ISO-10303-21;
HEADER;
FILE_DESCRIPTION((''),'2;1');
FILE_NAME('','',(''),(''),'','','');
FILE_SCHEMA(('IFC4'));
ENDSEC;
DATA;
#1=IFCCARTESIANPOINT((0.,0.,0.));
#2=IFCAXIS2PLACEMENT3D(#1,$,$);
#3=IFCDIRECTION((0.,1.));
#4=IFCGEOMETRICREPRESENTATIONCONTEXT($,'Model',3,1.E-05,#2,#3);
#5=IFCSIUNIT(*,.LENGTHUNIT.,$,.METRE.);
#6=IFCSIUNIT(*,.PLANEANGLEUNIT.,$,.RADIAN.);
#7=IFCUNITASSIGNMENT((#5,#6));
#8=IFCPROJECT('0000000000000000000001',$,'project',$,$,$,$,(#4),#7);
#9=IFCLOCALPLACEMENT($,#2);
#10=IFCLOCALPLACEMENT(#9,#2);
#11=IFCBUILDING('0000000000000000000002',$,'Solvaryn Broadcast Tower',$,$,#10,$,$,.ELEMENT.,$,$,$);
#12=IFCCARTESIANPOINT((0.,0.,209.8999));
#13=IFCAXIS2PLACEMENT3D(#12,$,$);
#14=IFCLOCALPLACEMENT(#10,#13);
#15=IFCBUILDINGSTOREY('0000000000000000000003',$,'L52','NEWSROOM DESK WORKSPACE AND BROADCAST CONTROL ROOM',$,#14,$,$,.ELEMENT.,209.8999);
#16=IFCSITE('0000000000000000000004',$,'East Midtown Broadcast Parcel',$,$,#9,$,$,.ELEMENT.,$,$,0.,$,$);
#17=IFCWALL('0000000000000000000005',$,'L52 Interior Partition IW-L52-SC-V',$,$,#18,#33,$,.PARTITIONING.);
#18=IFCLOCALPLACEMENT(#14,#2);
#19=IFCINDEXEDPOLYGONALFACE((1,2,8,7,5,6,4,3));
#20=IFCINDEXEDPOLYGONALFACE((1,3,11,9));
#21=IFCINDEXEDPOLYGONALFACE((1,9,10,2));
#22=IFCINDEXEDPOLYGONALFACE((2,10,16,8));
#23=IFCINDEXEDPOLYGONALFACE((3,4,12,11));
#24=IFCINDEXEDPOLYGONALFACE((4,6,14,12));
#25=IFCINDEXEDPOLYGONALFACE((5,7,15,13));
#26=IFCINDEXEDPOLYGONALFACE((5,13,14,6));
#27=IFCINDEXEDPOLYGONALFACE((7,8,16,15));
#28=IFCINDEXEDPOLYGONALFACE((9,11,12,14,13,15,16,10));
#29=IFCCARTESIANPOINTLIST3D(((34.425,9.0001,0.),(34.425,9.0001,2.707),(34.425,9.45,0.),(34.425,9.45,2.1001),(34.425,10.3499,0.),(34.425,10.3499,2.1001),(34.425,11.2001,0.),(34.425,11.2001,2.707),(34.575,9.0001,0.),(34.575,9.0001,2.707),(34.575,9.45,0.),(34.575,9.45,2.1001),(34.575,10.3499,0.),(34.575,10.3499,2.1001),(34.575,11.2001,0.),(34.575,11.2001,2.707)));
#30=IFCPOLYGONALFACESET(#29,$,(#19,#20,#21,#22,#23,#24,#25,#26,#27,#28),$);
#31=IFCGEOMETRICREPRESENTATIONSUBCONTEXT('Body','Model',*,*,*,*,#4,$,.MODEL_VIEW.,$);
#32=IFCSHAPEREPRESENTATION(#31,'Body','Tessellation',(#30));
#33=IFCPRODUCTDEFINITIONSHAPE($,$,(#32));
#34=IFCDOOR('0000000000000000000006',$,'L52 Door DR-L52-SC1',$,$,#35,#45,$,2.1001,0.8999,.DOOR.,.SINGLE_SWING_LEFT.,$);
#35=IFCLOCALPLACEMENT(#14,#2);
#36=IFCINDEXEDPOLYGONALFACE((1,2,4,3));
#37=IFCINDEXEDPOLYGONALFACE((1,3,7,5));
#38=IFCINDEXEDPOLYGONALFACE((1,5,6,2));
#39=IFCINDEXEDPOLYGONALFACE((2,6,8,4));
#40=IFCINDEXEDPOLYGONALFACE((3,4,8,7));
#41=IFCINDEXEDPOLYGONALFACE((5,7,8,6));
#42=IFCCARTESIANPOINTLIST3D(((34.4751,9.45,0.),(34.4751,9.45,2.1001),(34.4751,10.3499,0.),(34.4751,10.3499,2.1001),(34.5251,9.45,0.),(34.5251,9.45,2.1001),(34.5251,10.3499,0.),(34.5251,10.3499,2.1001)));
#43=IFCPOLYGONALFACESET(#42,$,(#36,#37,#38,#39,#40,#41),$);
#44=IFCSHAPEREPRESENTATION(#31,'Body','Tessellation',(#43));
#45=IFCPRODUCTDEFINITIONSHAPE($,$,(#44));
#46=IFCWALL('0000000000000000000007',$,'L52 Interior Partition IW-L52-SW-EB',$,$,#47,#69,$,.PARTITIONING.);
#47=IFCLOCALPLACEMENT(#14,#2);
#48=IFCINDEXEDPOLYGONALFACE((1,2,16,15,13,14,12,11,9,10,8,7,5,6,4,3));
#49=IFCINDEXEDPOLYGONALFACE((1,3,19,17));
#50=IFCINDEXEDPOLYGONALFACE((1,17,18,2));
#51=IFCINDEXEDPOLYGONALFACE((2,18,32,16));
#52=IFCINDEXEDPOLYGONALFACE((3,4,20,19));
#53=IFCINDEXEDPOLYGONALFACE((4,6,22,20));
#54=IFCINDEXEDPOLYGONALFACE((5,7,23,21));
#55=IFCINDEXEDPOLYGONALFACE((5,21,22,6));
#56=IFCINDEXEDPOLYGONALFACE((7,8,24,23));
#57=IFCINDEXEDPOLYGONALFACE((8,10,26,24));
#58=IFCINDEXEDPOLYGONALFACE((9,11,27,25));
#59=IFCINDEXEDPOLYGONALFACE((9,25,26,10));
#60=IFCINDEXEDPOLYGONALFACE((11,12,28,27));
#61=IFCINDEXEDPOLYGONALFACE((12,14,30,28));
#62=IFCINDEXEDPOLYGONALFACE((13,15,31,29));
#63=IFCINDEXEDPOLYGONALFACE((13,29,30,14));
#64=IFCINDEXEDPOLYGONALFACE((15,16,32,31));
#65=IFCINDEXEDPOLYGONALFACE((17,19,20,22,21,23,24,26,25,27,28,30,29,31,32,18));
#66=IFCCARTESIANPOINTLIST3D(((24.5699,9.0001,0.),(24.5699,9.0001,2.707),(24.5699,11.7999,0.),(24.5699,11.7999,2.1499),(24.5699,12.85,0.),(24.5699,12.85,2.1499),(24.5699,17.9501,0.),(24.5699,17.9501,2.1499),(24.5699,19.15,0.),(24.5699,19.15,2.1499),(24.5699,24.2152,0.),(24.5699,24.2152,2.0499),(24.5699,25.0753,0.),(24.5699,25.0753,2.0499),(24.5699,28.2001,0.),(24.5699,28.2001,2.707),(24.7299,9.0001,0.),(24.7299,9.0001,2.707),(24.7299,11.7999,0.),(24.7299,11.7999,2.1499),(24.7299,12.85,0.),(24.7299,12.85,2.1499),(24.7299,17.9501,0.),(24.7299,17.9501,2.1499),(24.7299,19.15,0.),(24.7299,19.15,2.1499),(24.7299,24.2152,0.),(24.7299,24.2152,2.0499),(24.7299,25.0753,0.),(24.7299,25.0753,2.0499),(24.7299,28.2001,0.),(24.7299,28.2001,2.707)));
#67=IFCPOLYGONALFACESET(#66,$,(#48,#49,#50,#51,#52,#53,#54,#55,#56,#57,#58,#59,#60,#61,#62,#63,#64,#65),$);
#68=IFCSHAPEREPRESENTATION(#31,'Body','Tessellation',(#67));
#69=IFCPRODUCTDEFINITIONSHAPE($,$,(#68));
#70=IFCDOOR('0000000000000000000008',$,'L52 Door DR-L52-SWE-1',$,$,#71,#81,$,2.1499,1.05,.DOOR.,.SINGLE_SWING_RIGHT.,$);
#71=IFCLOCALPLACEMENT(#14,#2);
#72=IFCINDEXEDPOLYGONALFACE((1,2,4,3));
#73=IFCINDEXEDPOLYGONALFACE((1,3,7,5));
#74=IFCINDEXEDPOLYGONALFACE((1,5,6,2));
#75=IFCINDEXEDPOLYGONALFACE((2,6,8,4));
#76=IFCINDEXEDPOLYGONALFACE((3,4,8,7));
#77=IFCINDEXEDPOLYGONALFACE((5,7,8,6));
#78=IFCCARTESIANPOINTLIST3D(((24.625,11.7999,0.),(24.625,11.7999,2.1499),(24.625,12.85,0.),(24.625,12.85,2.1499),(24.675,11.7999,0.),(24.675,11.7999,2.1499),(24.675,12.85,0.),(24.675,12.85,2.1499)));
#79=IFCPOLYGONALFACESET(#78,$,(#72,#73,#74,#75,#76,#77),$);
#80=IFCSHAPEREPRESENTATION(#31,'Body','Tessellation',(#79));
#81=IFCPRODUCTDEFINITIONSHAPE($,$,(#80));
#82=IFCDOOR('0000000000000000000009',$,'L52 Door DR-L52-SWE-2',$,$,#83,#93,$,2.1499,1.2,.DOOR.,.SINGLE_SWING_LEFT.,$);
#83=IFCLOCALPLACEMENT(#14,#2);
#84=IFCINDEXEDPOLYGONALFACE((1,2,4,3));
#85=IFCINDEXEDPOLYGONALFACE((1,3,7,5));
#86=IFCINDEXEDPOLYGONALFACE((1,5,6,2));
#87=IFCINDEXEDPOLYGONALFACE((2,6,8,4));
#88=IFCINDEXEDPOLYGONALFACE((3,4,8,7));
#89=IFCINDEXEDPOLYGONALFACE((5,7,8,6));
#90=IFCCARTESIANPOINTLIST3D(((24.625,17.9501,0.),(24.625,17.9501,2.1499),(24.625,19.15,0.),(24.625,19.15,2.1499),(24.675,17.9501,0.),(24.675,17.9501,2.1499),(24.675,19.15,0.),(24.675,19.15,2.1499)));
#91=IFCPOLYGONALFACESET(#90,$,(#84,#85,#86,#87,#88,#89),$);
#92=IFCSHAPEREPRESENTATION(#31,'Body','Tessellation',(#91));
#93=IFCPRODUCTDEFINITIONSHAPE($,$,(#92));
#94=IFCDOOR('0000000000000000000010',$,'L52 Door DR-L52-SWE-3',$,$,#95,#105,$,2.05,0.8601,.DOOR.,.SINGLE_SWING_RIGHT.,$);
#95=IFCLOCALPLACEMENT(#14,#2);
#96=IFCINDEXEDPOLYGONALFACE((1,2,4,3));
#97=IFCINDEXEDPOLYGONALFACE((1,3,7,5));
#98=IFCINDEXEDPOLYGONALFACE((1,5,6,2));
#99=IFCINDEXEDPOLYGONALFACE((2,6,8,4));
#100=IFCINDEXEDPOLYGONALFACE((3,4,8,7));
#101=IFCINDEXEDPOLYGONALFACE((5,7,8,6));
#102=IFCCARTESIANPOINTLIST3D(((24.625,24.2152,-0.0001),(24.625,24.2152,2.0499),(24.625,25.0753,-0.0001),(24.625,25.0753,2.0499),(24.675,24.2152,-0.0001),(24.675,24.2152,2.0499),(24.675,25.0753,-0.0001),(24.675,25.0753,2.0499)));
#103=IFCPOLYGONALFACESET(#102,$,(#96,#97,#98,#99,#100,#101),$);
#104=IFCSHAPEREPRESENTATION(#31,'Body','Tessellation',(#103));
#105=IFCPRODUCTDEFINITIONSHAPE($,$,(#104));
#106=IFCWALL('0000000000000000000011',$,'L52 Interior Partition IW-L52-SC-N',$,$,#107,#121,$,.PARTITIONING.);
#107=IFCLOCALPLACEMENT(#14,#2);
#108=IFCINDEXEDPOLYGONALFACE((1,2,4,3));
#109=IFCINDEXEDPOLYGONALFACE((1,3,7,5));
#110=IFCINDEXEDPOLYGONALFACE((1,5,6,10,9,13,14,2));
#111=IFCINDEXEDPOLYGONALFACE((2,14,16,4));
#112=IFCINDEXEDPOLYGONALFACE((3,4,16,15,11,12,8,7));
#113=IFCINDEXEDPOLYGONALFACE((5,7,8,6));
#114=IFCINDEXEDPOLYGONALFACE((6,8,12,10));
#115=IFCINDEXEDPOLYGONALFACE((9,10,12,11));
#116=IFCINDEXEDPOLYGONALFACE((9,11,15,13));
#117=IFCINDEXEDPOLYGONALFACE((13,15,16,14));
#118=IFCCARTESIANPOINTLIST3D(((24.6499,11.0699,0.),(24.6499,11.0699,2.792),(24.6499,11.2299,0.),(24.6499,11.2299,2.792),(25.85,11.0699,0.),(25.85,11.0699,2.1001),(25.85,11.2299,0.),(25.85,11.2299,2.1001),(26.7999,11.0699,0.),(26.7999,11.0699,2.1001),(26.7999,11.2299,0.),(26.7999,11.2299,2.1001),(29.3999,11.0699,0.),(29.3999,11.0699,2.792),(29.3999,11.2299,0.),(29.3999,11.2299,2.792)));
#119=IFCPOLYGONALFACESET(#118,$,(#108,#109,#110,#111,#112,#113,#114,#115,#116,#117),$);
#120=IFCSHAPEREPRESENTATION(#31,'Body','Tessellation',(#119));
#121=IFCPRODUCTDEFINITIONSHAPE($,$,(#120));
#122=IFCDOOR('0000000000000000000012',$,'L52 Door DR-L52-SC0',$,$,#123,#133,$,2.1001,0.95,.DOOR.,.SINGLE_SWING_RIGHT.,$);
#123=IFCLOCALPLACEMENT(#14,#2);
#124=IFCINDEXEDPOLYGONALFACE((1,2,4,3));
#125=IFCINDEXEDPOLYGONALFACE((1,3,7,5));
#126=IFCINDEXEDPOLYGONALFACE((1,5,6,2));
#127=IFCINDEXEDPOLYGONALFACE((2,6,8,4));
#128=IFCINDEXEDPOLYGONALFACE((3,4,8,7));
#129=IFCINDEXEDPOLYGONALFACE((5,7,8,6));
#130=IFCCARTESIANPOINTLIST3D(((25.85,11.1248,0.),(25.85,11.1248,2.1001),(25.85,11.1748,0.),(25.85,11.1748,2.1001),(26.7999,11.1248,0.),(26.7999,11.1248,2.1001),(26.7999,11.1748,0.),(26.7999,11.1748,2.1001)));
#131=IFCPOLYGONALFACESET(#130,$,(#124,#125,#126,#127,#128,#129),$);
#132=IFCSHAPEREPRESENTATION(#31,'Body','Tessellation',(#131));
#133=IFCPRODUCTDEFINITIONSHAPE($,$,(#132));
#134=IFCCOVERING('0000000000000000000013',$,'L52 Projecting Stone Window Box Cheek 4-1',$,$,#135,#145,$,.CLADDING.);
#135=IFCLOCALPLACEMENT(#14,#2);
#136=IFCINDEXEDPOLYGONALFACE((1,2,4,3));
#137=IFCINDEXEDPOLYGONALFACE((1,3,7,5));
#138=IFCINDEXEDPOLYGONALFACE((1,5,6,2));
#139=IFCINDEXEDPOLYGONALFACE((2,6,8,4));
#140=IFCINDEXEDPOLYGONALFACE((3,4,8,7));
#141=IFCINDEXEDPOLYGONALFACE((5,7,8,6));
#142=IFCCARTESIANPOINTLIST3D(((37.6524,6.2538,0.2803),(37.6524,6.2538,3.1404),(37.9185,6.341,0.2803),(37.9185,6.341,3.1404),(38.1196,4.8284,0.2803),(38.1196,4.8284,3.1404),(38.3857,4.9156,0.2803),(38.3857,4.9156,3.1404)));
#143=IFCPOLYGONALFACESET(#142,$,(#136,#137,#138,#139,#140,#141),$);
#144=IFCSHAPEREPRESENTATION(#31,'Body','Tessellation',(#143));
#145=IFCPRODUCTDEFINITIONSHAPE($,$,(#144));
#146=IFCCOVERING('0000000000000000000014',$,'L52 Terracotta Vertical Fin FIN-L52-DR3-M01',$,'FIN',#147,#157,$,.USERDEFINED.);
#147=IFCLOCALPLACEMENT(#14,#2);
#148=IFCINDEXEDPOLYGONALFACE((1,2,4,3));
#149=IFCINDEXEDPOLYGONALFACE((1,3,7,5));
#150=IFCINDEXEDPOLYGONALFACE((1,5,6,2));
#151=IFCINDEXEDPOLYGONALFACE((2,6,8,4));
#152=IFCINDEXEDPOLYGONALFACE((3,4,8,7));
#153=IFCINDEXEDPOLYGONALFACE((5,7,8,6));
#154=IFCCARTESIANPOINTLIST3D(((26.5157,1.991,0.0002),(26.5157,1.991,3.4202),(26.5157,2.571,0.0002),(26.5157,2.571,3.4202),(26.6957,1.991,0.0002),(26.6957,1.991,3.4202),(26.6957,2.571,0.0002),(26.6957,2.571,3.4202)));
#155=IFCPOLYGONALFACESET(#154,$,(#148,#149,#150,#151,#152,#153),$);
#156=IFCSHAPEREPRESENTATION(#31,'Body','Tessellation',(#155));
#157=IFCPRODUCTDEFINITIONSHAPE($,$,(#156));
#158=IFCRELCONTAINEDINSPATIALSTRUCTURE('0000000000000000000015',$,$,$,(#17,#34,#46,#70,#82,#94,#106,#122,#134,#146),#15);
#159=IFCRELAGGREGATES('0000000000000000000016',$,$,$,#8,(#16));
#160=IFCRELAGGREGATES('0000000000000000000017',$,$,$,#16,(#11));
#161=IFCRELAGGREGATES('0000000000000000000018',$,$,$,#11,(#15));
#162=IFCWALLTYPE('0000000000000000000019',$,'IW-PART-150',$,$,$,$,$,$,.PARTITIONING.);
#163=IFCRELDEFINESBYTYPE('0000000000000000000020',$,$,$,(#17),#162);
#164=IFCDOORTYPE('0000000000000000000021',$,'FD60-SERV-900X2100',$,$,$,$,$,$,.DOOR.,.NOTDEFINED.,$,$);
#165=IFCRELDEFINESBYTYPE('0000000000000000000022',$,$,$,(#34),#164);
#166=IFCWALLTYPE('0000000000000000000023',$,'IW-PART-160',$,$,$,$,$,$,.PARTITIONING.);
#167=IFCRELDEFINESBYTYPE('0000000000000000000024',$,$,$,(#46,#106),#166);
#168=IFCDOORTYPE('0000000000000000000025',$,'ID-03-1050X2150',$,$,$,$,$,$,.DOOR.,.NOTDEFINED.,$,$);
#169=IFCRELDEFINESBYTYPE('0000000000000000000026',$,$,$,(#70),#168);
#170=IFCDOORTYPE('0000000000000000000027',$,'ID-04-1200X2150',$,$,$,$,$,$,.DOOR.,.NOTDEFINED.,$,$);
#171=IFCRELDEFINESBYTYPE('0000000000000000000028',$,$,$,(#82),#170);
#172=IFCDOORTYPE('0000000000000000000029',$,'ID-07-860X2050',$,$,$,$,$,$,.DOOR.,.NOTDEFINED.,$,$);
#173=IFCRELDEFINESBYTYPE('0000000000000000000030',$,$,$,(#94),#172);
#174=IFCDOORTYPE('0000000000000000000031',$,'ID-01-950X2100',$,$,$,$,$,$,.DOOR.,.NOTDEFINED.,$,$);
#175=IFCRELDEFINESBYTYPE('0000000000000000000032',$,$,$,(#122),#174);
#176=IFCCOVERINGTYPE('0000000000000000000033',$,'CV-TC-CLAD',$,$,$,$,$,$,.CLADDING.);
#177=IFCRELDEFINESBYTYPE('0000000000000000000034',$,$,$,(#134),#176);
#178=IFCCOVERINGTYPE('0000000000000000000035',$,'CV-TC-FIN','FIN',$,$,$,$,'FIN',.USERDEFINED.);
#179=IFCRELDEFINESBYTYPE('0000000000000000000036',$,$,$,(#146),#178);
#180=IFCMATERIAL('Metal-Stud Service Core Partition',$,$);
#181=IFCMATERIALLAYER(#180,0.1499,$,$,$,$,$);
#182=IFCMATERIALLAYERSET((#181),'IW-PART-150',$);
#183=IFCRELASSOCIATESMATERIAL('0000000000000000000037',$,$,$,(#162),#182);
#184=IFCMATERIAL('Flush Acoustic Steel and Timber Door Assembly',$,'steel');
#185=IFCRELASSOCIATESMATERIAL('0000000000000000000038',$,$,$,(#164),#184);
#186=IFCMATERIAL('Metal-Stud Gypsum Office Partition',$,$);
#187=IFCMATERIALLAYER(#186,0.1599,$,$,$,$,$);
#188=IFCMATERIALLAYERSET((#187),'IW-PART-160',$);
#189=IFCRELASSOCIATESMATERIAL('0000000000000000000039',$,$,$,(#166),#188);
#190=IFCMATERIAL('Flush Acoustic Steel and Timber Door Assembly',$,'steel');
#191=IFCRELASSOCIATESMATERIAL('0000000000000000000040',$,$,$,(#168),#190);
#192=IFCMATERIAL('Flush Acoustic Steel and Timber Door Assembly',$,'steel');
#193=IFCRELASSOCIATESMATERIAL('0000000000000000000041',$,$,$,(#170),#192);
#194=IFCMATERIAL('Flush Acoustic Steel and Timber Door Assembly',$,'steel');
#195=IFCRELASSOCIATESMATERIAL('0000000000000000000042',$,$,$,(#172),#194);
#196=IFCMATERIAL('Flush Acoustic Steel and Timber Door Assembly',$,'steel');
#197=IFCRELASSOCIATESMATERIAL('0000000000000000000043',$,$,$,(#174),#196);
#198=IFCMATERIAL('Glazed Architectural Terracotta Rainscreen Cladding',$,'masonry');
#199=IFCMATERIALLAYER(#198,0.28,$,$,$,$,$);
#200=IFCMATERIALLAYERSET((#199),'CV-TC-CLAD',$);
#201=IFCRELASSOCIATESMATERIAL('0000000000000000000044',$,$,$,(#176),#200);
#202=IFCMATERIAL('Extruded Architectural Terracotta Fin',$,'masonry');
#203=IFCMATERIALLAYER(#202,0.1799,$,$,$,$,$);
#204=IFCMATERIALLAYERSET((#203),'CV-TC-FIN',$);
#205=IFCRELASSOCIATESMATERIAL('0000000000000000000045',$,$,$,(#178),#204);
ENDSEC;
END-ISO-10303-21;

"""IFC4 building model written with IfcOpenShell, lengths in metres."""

from ifc_helpers import new_model, si_unit, direction, frame, frame_2d, origin, origin_2d, place, context, subcontext, project, spatial, rectangle, extrude, material, layer, layer_set, type_object, element, fill, save


model = new_model("IFC4")

# Units and contexts
model_context = context("Model", 3, precision=1e-05, world=origin(), true_north=direction((0.0, 1.0)))
body_context = subcontext(model_context, "Body", "Model", "MODEL_VIEW")
ifc_project = project(units=[si_unit("LENGTHUNIT", "METRE"), si_unit("PLANEANGLEUNIT", "RADIAN")], contexts=[model_context])

# Site, building, storey
site_placement = place(None, origin())
site = spatial("IfcSite", under=ifc_project, at=site_placement, Name="East Midtown Broadcast Parcel", CompositionType="ELEMENT", RefElevation=0.0)
building_placement = place(site_placement, origin())
building = spatial("IfcBuilding", under=site, at=building_placement, Name="Solvaryn Broadcast Tower", CompositionType="ELEMENT")
storey_placement = place(building_placement, frame((0.0, 0.0, 209.8999)))
storey = spatial("IfcBuildingStorey", under=building, at=storey_placement, Name="L52", Description="NEWSROOM DESK WORKSPACE AND BROADCAST CONTROL ROOM", CompositionType="ELEMENT", Elevation=209.8999)

# Wall, opening, door
ifc_material_1 = material(Name="Metal-Stud Service Core Partition")
ifc_layer_1 = layer(ifc_material_1, 0.1499)
ifc_layer_set_1 = layer_set([ifc_layer_1], Name="IW-PART-150")
wall_type_1 = type_object("IfcWallType", Name="IW-PART-150", PredefinedType="PARTITIONING", material=ifc_layer_set_1)
wall_1_placement = place(storey_placement, frame((34.5, 9.0, 0.0), z_axis=(0.0, 0.0, 1.0), x_axis=(0.0, 1.0, 0.0)))
wall_1 = element("IfcWall", 1, at=wall_1_placement, inside=storey, type_object=wall_type_1, Name="L52 Interior Partition IW-L52-SC-V", PredefinedType="PARTITIONING", context=body_context, shape_type="SweptSolid", body=[
    extrude(rectangle(XDim=2.2, YDim=0.1499, at=frame_2d((1.1001, 0.0))), origin(), (0.0, 0.0, 1.0), 2.707),
])
opening_1_placement = place(wall_1_placement, frame((0.45, 0.0, 0.0)))
opening_1 = element("IfcOpeningElement", 2, at=opening_1_placement, cuts=wall_1, PredefinedType="OPENING", context=body_context, shape_type="SweptSolid", body=[
    extrude(rectangle(XDim=0.8999, YDim=2.1001, at=frame_2d((0.45, 1.05))), frame((0.0, 0.085, 0.0), z_axis=(0.0, -1.0, 0.0), x_axis=(1.0, 0.0, 0.0)), (0.0, 0.0, 1.0), 0.1699),
])
ifc_material_2 = material(Name="Flush Acoustic Steel and Timber Door Assembly", Category="steel")
door_type_1 = type_object("IfcDoorType", Name="FD60-SERV-900X2100", OperationType="NOTDEFINED", PredefinedType="DOOR", material=ifc_material_2)
door_1_placement = place(opening_1_placement, origin())
door_1 = element("IfcDoor", 3, at=door_1_placement, inside=storey, type_object=door_type_1, Name="L52 Door DR-L52-SC1", OperationType="SINGLE_SWING_LEFT", OverallHeight=2.1001, OverallWidth=0.8999, PredefinedType="DOOR", context=body_context, shape_type="SweptSolid", body=[
    extrude(rectangle(XDim=0.8999, YDim=2.1001, at=frame_2d((0.45, 1.05))), frame((0.0, 0.0249, 0.0), z_axis=(0.0, -1.0, 0.0), x_axis=(1.0, 0.0, 0.0)), (0.0, 0.0, 1.0), 0.05),
])
fill(opening_1, door_1)

# Wall, openings, doors
ifc_material_3 = material(Name="Metal-Stud Gypsum Office Partition")
ifc_layer_2 = layer(ifc_material_3, 0.1599)
ifc_layer_set_2 = layer_set([ifc_layer_2], Name="IW-PART-160")
wall_type_2 = type_object("IfcWallType", Name="IW-PART-160", PredefinedType="PARTITIONING", material=ifc_layer_set_2)
wall_2_placement = place(storey_placement, frame((24.6499, 9.0, 0.0), z_axis=(0.0, 0.0, 1.0), x_axis=(0.0, 1.0, 0.0)))
wall_2 = element("IfcWall", 4, at=wall_2_placement, inside=storey, type_object=wall_type_2, Name="L52 Interior Partition IW-L52-SW-EB", PredefinedType="PARTITIONING", context=body_context, shape_type="SweptSolid", body=[
    extrude(rectangle(XDim=19.2, YDim=0.1599, at=frame_2d((9.6001, 0.0))), origin(), (0.0, 0.0, 1.0), 2.707),
])
opening_2_placement = place(wall_2_placement, frame((2.8, 0.0, 0.0)))
opening_2 = element("IfcOpeningElement", 5, at=opening_2_placement, cuts=wall_2, PredefinedType="OPENING", context=body_context, shape_type="SweptSolid", body=[
    extrude(rectangle(XDim=1.05, YDim=2.1499, at=frame_2d((0.5249, 1.075))), frame((0.0, 0.0901, 0.0), z_axis=(0.0, -1.0, 0.0), x_axis=(1.0, 0.0, 0.0)), (0.0, 0.0, 1.0), 0.1799),
])
opening_3_placement = place(wall_2_placement, frame((8.95, 0.0, 0.0)))
opening_3 = element("IfcOpeningElement", 6, at=opening_3_placement, cuts=wall_2, PredefinedType="OPENING", context=body_context, shape_type="SweptSolid", body=[
    extrude(rectangle(XDim=1.2, YDim=2.1499, at=frame_2d((0.6001, 1.075))), frame((0.0, 0.0901, 0.0), z_axis=(0.0, -1.0, 0.0), x_axis=(1.0, 0.0, 0.0)), (0.0, 0.0, 1.0), 0.1799),
])
opening_4_placement = place(wall_2_placement, frame((15.2151, 0.0, 0.0)))
opening_4 = element("IfcOpeningElement", 7, at=opening_4_placement, cuts=wall_2, PredefinedType="OPENING", context=body_context, shape_type="SweptSolid", body=[
    extrude(rectangle(XDim=0.8601, YDim=2.05, at=frame_2d((0.4302, 1.0249))), frame((0.0, 0.0901, 0.0), z_axis=(0.0, -1.0, 0.0), x_axis=(1.0, 0.0, 0.0)), (0.0, 0.0, 1.0), 0.1799),
])
ifc_material_4 = material(Name="Flush Acoustic Steel and Timber Door Assembly", Category="steel")
door_type_2 = type_object("IfcDoorType", Name="ID-03-1050X2150", OperationType="NOTDEFINED", PredefinedType="DOOR", material=ifc_material_4)
door_2_placement = place(opening_2_placement, origin())
door_2 = element("IfcDoor", 8, at=door_2_placement, inside=storey, type_object=door_type_2, Name="L52 Door DR-L52-SWE-1", OperationType="SINGLE_SWING_RIGHT", OverallHeight=2.1499, OverallWidth=1.05, PredefinedType="DOOR", context=body_context, shape_type="SweptSolid", body=[
    extrude(rectangle(XDim=1.05, YDim=2.1499, at=frame_2d((0.5249, 1.075))), frame((0.0, 0.0249, 0.0), z_axis=(0.0, -1.0, 0.0), x_axis=(1.0, 0.0, 0.0)), (0.0, 0.0, 1.0), 0.05),
])
fill(opening_2, door_2)
ifc_material_5 = material(Name="Flush Acoustic Steel and Timber Door Assembly", Category="steel")
door_type_3 = type_object("IfcDoorType", Name="ID-04-1200X2150", OperationType="NOTDEFINED", PredefinedType="DOOR", material=ifc_material_5)
door_3_placement = place(opening_3_placement, origin())
door_3 = element("IfcDoor", 9, at=door_3_placement, inside=storey, type_object=door_type_3, Name="L52 Door DR-L52-SWE-2", OperationType="SINGLE_SWING_LEFT", OverallHeight=2.1499, OverallWidth=1.2, PredefinedType="DOOR", context=body_context, shape_type="SweptSolid", body=[
    extrude(rectangle(XDim=1.2, YDim=2.1499, at=frame_2d((0.6001, 1.075))), frame((0.0, 0.0249, 0.0), z_axis=(0.0, -1.0, 0.0), x_axis=(1.0, 0.0, 0.0)), (0.0, 0.0, 1.0), 0.05),
])
fill(opening_3, door_3)
ifc_material_6 = material(Name="Flush Acoustic Steel and Timber Door Assembly", Category="steel")
door_type_4 = type_object("IfcDoorType", Name="ID-07-860X2050", OperationType="NOTDEFINED", PredefinedType="DOOR", material=ifc_material_6)
door_4_placement = place(opening_4_placement, origin())
door_4 = element("IfcDoor", 10, at=door_4_placement, inside=storey, type_object=door_type_4, Name="L52 Door DR-L52-SWE-3", OperationType="SINGLE_SWING_RIGHT", OverallHeight=2.05, OverallWidth=0.8601, PredefinedType="DOOR", context=body_context, shape_type="SweptSolid", body=[
    extrude(rectangle(XDim=0.8601, YDim=2.05, at=frame_2d((0.4302, 1.0249))), frame((0.0, 0.0249, 0.0), z_axis=(0.0, -1.0, 0.0), x_axis=(1.0, 0.0, 0.0)), (0.0, 0.0, 1.0), 0.05),
])
fill(opening_4, door_4)

# Wall, opening, door
wall_3_placement = place(storey_placement, frame((24.6499, 11.1499, 0.0), z_axis=(0.0, 0.0, 1.0), x_axis=(1.0, 0.0, 0.0)))
wall_3 = element("IfcWall", 11, at=wall_3_placement, inside=storey, type_object=wall_type_2, Name="L52 Interior Partition IW-L52-SC-N", PredefinedType="PARTITIONING", context=body_context, shape_type="SweptSolid", body=[
    extrude(rectangle(XDim=4.75, YDim=0.1599, at=frame_2d((2.375, 0.0))), origin(), (0.0, 0.0, 1.0), 2.792),
])
opening_5_placement = place(wall_3_placement, frame((1.2, 0.0, 0.0)))
opening_5 = element("IfcOpeningElement", 12, at=opening_5_placement, cuts=wall_3, PredefinedType="OPENING", context=body_context, shape_type="SweptSolid", body=[
    extrude(rectangle(XDim=0.95, YDim=2.1001, at=frame_2d((0.4751, 1.05))), frame((0.0, 0.0901, 0.0), z_axis=(0.0, -1.0, 0.0), x_axis=(1.0, 0.0, 0.0)), (0.0, 0.0, 1.0), 0.1799),
])
ifc_material_7 = material(Name="Flush Acoustic Steel and Timber Door Assembly", Category="steel")
door_type_5 = type_object("IfcDoorType", Name="ID-01-950X2100", OperationType="NOTDEFINED", PredefinedType="DOOR", material=ifc_material_7)
door_5_placement = place(opening_5_placement, origin())
door_5 = element("IfcDoor", 13, at=door_5_placement, inside=storey, type_object=door_type_5, Name="L52 Door DR-L52-SC0", OperationType="SINGLE_SWING_RIGHT", OverallHeight=2.1001, OverallWidth=0.95, PredefinedType="DOOR", context=body_context, shape_type="SweptSolid", body=[
    extrude(rectangle(XDim=0.95, YDim=2.1001, at=frame_2d((0.4751, 1.05))), frame((0.0, 0.0249, 0.0), z_axis=(0.0, -1.0, 0.0), x_axis=(1.0, 0.0, 0.0)), (0.0, 0.0, 1.0), 0.05),
])
fill(opening_5, door_5)

# Coverings
ifc_material_8 = material(Name="Glazed Architectural Terracotta Rainscreen Cladding", Category="masonry")
ifc_layer_3 = layer(ifc_material_8, 0.28)
ifc_layer_set_3 = layer_set([ifc_layer_3], Name="CV-TC-CLAD")
covering_type_1 = type_object("IfcCoveringType", Name="CV-TC-CLAD", PredefinedType="CLADDING", material=ifc_layer_set_3)
covering_placement = place(storey_placement, frame((38.019, 5.5847, 0.2803), z_axis=(0.0, 0.0, 1.0), x_axis=(0.950244, 0.311506, 0.0)))
element("IfcCovering", 14, at=covering_placement, inside=storey, type_object=covering_type_1, Name="L52 Projecting Stone Window Box Cheek 4-1", PredefinedType="CLADDING", context=body_context, shape_type="SweptSolid", body=[
    extrude(rectangle(XDim=0.28, YDim=1.5, at=origin_2d()), origin(), (0.0, 0.0, 1.0), 2.8601),
])
ifc_material_9 = material(Name="Extruded Architectural Terracotta Fin", Category="masonry")
ifc_layer_4 = layer(ifc_material_9, 0.1799)
ifc_layer_set_4 = layer_set([ifc_layer_4], Name="CV-TC-FIN")
covering_type_2 = type_object("IfcCoveringType", Name="CV-TC-FIN", Description="FIN", ElementType="FIN", PredefinedType="USERDEFINED", material=ifc_layer_set_4)
for number, where, z_axis, x_axis, name in (
    (15, (26.6057, 2.281, 0.0002), (0.0, 0.0, 1.0), (1.0, 0.0, 0.0), "L52 Terracotta Vertical Fin FIN-L52-DR3-M01"),
):
    element("IfcCovering", number, at=place(storey_placement, frame(where, z_axis=z_axis, x_axis=x_axis)), inside=storey, type_object=covering_type_2, Name=name, ObjectType="FIN", PredefinedType="USERDEFINED", context=body_context, shape_type="SweptSolid", body=[
        extrude(rectangle(XDim=0.1799, YDim=0.5801, at=origin_2d()), origin(), (0.0, 0.0, 1.0), 3.4199),
    ])

save(model, "model.ifc")
